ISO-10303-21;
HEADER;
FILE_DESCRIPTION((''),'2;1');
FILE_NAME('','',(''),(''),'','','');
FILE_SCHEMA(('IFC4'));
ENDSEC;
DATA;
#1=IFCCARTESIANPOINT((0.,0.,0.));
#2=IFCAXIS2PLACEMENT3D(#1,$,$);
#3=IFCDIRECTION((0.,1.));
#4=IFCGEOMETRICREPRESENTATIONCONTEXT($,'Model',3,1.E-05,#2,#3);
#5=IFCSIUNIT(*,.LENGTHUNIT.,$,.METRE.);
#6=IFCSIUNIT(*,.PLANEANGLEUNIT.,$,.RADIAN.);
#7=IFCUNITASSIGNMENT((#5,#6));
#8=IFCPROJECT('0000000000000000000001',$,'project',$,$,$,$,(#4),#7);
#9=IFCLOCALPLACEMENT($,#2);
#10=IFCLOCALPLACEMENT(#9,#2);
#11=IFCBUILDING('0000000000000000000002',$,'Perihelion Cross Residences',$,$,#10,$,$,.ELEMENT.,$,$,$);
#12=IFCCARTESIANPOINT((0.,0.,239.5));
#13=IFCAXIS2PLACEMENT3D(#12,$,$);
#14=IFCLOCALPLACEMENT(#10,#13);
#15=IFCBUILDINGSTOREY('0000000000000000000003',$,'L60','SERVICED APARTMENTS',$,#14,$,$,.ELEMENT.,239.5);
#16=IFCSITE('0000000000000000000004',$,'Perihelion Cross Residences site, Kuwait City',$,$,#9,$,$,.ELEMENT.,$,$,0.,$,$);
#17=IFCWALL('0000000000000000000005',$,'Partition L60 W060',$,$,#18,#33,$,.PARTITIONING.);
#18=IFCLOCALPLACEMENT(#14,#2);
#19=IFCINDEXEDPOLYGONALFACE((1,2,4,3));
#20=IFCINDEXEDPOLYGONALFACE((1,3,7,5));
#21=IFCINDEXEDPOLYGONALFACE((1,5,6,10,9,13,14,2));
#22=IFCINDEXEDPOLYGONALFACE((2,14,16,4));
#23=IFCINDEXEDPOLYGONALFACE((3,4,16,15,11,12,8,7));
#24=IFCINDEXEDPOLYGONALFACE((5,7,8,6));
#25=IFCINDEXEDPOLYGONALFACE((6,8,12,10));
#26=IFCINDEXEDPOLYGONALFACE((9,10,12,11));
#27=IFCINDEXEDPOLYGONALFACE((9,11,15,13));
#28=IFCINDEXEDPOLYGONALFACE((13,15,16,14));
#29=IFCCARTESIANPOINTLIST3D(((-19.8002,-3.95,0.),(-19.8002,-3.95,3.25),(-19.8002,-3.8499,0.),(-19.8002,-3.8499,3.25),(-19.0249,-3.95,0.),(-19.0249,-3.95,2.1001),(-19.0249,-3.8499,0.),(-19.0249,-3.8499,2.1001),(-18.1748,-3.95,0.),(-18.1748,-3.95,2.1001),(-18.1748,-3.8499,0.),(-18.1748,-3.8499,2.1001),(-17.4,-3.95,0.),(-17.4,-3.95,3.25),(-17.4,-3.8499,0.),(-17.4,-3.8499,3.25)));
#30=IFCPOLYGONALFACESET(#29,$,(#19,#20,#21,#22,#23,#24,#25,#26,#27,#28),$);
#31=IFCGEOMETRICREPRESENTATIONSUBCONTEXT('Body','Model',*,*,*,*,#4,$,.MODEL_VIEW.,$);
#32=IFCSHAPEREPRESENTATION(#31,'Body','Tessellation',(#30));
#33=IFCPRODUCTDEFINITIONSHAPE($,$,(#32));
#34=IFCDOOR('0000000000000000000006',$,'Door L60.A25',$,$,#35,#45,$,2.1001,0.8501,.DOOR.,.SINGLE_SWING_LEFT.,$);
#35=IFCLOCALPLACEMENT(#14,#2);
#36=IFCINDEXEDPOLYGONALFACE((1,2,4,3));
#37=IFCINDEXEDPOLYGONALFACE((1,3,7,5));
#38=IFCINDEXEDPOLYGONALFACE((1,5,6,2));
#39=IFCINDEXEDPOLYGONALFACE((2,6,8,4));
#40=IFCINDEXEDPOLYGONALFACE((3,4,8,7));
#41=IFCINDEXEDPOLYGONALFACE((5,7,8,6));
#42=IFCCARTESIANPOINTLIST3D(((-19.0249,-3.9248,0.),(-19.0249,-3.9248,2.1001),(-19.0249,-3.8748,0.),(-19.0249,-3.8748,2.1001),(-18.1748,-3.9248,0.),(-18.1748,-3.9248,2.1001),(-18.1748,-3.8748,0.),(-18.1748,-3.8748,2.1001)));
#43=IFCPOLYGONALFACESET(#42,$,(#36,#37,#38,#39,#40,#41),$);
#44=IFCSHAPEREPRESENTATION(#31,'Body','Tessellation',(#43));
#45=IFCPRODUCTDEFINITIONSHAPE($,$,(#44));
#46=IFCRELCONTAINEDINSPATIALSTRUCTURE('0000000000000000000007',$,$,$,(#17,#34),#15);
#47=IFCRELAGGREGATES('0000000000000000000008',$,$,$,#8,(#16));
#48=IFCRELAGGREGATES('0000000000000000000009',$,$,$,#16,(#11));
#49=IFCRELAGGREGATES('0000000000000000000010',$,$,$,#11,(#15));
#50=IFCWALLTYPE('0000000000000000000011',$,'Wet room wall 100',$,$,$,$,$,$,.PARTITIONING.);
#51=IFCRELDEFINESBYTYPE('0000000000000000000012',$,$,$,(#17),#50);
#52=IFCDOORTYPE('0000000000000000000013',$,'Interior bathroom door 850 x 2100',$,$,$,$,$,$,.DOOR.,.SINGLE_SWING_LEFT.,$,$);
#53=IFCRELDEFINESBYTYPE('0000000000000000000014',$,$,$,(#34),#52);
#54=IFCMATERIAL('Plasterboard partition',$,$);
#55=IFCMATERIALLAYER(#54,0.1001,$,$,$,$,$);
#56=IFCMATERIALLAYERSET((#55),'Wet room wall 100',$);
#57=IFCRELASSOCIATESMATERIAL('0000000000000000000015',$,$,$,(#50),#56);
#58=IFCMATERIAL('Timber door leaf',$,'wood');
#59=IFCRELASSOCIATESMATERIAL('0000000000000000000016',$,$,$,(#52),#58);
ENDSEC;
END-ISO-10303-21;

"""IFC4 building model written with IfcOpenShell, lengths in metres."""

from ifc_helpers import new_model, si_unit, direction, frame, frame_2d, origin, place, context, subcontext, project, spatial, rectangle, extrude, material, layer, layer_set, type_object, element, fill, save


model = new_model("IFC4")

# Units and contexts
model_context = context("Model", 3, precision=1e-05, world=origin(), true_north=direction((0.0, 1.0)))
body_context = subcontext(model_context, "Body", "Model", "MODEL_VIEW")
ifc_project = project(units=[si_unit("LENGTHUNIT", "METRE"), si_unit("PLANEANGLEUNIT", "RADIAN")], contexts=[model_context])

# Site, building, storey
site_placement = place(None, origin())
site = spatial("IfcSite", under=ifc_project, at=site_placement, Name="Perihelion Cross Residences site, Kuwait City", CompositionType="ELEMENT", RefElevation=0.0)
building_placement = place(site_placement, origin())
building = spatial("IfcBuilding", under=site, at=building_placement, Name="Perihelion Cross Residences", CompositionType="ELEMENT")
storey_placement = place(building_placement, frame((0.0, 0.0, 239.5)))
storey = spatial("IfcBuildingStorey", under=building, at=storey_placement, Name="L60", Description="SERVICED APARTMENTS", CompositionType="ELEMENT", Elevation=239.5)

# Wall, opening, door
ifc_material_1 = material(Name="Plasterboard partition")
ifc_layer_1 = layer(ifc_material_1, 0.1001)
ifc_layer_set_1 = layer_set([ifc_layer_1], Name="Wet room wall 100")
wall_type_1 = type_object("IfcWallType", Name="Wet room wall 100", PredefinedType="PARTITIONING", material=ifc_layer_set_1)
wall_1_placement = place(storey_placement, frame((-17.3999, -3.8999, 0.0), z_axis=(0.0, 0.0, 1.0), x_axis=(-1.0, 0.0, 0.0)))
wall_1 = element("IfcWall", 1, at=wall_1_placement, inside=storey, type_object=wall_type_1, Name="Partition L60 W060", PredefinedType="PARTITIONING", context=body_context, shape_type="SweptSolid", body=[
    extrude(rectangle(XDim=2.4001, YDim=0.1001, at=frame_2d((1.2002, 0.0))), origin(), (0.0, 0.0, 1.0), 3.25),
])
opening_1_placement = place(wall_1_placement, frame((0.7749, 0.0, 0.0)))
opening_1 = element("IfcOpeningElement", 2, at=opening_1_placement, cuts=wall_1, PredefinedType="OPENING", context=body_context, shape_type="SweptSolid", body=[
    extrude(rectangle(XDim=0.8501, YDim=2.1001, at=frame_2d((0.425, 1.05))), frame((0.0, 0.0601, 0.0), z_axis=(0.0, -1.0, 0.0), x_axis=(1.0, 0.0, 0.0)), (0.0, 0.0, 1.0), 0.1201),
])
ifc_material_2 = material(Name="Timber door leaf", Category="wood")
door_type_1 = type_object("IfcDoorType", Name="Interior bathroom door 850 x 2100", OperationType="SINGLE_SWING_LEFT", PredefinedType="DOOR", material=ifc_material_2)
door_1_placement = place(opening_1_placement, origin())
door_1 = element("IfcDoor", 3, at=door_1_placement, inside=storey, type_object=door_type_1, Name="Door L60.A25", OperationType="SINGLE_SWING_LEFT", OverallHeight=2.1001, OverallWidth=0.8501, PredefinedType="DOOR", context=body_context, shape_type="SweptSolid", body=[
    extrude(rectangle(XDim=0.8501, YDim=2.1001, at=frame_2d((0.425, 1.05))), frame((0.0, 0.0249, 0.0), z_axis=(0.0, -1.0, 0.0), x_axis=(1.0, 0.0, 0.0)), (0.0, 0.0, 1.0), 0.05),
])
fill(opening_1, door_1)

save(model, "model.ifc")
